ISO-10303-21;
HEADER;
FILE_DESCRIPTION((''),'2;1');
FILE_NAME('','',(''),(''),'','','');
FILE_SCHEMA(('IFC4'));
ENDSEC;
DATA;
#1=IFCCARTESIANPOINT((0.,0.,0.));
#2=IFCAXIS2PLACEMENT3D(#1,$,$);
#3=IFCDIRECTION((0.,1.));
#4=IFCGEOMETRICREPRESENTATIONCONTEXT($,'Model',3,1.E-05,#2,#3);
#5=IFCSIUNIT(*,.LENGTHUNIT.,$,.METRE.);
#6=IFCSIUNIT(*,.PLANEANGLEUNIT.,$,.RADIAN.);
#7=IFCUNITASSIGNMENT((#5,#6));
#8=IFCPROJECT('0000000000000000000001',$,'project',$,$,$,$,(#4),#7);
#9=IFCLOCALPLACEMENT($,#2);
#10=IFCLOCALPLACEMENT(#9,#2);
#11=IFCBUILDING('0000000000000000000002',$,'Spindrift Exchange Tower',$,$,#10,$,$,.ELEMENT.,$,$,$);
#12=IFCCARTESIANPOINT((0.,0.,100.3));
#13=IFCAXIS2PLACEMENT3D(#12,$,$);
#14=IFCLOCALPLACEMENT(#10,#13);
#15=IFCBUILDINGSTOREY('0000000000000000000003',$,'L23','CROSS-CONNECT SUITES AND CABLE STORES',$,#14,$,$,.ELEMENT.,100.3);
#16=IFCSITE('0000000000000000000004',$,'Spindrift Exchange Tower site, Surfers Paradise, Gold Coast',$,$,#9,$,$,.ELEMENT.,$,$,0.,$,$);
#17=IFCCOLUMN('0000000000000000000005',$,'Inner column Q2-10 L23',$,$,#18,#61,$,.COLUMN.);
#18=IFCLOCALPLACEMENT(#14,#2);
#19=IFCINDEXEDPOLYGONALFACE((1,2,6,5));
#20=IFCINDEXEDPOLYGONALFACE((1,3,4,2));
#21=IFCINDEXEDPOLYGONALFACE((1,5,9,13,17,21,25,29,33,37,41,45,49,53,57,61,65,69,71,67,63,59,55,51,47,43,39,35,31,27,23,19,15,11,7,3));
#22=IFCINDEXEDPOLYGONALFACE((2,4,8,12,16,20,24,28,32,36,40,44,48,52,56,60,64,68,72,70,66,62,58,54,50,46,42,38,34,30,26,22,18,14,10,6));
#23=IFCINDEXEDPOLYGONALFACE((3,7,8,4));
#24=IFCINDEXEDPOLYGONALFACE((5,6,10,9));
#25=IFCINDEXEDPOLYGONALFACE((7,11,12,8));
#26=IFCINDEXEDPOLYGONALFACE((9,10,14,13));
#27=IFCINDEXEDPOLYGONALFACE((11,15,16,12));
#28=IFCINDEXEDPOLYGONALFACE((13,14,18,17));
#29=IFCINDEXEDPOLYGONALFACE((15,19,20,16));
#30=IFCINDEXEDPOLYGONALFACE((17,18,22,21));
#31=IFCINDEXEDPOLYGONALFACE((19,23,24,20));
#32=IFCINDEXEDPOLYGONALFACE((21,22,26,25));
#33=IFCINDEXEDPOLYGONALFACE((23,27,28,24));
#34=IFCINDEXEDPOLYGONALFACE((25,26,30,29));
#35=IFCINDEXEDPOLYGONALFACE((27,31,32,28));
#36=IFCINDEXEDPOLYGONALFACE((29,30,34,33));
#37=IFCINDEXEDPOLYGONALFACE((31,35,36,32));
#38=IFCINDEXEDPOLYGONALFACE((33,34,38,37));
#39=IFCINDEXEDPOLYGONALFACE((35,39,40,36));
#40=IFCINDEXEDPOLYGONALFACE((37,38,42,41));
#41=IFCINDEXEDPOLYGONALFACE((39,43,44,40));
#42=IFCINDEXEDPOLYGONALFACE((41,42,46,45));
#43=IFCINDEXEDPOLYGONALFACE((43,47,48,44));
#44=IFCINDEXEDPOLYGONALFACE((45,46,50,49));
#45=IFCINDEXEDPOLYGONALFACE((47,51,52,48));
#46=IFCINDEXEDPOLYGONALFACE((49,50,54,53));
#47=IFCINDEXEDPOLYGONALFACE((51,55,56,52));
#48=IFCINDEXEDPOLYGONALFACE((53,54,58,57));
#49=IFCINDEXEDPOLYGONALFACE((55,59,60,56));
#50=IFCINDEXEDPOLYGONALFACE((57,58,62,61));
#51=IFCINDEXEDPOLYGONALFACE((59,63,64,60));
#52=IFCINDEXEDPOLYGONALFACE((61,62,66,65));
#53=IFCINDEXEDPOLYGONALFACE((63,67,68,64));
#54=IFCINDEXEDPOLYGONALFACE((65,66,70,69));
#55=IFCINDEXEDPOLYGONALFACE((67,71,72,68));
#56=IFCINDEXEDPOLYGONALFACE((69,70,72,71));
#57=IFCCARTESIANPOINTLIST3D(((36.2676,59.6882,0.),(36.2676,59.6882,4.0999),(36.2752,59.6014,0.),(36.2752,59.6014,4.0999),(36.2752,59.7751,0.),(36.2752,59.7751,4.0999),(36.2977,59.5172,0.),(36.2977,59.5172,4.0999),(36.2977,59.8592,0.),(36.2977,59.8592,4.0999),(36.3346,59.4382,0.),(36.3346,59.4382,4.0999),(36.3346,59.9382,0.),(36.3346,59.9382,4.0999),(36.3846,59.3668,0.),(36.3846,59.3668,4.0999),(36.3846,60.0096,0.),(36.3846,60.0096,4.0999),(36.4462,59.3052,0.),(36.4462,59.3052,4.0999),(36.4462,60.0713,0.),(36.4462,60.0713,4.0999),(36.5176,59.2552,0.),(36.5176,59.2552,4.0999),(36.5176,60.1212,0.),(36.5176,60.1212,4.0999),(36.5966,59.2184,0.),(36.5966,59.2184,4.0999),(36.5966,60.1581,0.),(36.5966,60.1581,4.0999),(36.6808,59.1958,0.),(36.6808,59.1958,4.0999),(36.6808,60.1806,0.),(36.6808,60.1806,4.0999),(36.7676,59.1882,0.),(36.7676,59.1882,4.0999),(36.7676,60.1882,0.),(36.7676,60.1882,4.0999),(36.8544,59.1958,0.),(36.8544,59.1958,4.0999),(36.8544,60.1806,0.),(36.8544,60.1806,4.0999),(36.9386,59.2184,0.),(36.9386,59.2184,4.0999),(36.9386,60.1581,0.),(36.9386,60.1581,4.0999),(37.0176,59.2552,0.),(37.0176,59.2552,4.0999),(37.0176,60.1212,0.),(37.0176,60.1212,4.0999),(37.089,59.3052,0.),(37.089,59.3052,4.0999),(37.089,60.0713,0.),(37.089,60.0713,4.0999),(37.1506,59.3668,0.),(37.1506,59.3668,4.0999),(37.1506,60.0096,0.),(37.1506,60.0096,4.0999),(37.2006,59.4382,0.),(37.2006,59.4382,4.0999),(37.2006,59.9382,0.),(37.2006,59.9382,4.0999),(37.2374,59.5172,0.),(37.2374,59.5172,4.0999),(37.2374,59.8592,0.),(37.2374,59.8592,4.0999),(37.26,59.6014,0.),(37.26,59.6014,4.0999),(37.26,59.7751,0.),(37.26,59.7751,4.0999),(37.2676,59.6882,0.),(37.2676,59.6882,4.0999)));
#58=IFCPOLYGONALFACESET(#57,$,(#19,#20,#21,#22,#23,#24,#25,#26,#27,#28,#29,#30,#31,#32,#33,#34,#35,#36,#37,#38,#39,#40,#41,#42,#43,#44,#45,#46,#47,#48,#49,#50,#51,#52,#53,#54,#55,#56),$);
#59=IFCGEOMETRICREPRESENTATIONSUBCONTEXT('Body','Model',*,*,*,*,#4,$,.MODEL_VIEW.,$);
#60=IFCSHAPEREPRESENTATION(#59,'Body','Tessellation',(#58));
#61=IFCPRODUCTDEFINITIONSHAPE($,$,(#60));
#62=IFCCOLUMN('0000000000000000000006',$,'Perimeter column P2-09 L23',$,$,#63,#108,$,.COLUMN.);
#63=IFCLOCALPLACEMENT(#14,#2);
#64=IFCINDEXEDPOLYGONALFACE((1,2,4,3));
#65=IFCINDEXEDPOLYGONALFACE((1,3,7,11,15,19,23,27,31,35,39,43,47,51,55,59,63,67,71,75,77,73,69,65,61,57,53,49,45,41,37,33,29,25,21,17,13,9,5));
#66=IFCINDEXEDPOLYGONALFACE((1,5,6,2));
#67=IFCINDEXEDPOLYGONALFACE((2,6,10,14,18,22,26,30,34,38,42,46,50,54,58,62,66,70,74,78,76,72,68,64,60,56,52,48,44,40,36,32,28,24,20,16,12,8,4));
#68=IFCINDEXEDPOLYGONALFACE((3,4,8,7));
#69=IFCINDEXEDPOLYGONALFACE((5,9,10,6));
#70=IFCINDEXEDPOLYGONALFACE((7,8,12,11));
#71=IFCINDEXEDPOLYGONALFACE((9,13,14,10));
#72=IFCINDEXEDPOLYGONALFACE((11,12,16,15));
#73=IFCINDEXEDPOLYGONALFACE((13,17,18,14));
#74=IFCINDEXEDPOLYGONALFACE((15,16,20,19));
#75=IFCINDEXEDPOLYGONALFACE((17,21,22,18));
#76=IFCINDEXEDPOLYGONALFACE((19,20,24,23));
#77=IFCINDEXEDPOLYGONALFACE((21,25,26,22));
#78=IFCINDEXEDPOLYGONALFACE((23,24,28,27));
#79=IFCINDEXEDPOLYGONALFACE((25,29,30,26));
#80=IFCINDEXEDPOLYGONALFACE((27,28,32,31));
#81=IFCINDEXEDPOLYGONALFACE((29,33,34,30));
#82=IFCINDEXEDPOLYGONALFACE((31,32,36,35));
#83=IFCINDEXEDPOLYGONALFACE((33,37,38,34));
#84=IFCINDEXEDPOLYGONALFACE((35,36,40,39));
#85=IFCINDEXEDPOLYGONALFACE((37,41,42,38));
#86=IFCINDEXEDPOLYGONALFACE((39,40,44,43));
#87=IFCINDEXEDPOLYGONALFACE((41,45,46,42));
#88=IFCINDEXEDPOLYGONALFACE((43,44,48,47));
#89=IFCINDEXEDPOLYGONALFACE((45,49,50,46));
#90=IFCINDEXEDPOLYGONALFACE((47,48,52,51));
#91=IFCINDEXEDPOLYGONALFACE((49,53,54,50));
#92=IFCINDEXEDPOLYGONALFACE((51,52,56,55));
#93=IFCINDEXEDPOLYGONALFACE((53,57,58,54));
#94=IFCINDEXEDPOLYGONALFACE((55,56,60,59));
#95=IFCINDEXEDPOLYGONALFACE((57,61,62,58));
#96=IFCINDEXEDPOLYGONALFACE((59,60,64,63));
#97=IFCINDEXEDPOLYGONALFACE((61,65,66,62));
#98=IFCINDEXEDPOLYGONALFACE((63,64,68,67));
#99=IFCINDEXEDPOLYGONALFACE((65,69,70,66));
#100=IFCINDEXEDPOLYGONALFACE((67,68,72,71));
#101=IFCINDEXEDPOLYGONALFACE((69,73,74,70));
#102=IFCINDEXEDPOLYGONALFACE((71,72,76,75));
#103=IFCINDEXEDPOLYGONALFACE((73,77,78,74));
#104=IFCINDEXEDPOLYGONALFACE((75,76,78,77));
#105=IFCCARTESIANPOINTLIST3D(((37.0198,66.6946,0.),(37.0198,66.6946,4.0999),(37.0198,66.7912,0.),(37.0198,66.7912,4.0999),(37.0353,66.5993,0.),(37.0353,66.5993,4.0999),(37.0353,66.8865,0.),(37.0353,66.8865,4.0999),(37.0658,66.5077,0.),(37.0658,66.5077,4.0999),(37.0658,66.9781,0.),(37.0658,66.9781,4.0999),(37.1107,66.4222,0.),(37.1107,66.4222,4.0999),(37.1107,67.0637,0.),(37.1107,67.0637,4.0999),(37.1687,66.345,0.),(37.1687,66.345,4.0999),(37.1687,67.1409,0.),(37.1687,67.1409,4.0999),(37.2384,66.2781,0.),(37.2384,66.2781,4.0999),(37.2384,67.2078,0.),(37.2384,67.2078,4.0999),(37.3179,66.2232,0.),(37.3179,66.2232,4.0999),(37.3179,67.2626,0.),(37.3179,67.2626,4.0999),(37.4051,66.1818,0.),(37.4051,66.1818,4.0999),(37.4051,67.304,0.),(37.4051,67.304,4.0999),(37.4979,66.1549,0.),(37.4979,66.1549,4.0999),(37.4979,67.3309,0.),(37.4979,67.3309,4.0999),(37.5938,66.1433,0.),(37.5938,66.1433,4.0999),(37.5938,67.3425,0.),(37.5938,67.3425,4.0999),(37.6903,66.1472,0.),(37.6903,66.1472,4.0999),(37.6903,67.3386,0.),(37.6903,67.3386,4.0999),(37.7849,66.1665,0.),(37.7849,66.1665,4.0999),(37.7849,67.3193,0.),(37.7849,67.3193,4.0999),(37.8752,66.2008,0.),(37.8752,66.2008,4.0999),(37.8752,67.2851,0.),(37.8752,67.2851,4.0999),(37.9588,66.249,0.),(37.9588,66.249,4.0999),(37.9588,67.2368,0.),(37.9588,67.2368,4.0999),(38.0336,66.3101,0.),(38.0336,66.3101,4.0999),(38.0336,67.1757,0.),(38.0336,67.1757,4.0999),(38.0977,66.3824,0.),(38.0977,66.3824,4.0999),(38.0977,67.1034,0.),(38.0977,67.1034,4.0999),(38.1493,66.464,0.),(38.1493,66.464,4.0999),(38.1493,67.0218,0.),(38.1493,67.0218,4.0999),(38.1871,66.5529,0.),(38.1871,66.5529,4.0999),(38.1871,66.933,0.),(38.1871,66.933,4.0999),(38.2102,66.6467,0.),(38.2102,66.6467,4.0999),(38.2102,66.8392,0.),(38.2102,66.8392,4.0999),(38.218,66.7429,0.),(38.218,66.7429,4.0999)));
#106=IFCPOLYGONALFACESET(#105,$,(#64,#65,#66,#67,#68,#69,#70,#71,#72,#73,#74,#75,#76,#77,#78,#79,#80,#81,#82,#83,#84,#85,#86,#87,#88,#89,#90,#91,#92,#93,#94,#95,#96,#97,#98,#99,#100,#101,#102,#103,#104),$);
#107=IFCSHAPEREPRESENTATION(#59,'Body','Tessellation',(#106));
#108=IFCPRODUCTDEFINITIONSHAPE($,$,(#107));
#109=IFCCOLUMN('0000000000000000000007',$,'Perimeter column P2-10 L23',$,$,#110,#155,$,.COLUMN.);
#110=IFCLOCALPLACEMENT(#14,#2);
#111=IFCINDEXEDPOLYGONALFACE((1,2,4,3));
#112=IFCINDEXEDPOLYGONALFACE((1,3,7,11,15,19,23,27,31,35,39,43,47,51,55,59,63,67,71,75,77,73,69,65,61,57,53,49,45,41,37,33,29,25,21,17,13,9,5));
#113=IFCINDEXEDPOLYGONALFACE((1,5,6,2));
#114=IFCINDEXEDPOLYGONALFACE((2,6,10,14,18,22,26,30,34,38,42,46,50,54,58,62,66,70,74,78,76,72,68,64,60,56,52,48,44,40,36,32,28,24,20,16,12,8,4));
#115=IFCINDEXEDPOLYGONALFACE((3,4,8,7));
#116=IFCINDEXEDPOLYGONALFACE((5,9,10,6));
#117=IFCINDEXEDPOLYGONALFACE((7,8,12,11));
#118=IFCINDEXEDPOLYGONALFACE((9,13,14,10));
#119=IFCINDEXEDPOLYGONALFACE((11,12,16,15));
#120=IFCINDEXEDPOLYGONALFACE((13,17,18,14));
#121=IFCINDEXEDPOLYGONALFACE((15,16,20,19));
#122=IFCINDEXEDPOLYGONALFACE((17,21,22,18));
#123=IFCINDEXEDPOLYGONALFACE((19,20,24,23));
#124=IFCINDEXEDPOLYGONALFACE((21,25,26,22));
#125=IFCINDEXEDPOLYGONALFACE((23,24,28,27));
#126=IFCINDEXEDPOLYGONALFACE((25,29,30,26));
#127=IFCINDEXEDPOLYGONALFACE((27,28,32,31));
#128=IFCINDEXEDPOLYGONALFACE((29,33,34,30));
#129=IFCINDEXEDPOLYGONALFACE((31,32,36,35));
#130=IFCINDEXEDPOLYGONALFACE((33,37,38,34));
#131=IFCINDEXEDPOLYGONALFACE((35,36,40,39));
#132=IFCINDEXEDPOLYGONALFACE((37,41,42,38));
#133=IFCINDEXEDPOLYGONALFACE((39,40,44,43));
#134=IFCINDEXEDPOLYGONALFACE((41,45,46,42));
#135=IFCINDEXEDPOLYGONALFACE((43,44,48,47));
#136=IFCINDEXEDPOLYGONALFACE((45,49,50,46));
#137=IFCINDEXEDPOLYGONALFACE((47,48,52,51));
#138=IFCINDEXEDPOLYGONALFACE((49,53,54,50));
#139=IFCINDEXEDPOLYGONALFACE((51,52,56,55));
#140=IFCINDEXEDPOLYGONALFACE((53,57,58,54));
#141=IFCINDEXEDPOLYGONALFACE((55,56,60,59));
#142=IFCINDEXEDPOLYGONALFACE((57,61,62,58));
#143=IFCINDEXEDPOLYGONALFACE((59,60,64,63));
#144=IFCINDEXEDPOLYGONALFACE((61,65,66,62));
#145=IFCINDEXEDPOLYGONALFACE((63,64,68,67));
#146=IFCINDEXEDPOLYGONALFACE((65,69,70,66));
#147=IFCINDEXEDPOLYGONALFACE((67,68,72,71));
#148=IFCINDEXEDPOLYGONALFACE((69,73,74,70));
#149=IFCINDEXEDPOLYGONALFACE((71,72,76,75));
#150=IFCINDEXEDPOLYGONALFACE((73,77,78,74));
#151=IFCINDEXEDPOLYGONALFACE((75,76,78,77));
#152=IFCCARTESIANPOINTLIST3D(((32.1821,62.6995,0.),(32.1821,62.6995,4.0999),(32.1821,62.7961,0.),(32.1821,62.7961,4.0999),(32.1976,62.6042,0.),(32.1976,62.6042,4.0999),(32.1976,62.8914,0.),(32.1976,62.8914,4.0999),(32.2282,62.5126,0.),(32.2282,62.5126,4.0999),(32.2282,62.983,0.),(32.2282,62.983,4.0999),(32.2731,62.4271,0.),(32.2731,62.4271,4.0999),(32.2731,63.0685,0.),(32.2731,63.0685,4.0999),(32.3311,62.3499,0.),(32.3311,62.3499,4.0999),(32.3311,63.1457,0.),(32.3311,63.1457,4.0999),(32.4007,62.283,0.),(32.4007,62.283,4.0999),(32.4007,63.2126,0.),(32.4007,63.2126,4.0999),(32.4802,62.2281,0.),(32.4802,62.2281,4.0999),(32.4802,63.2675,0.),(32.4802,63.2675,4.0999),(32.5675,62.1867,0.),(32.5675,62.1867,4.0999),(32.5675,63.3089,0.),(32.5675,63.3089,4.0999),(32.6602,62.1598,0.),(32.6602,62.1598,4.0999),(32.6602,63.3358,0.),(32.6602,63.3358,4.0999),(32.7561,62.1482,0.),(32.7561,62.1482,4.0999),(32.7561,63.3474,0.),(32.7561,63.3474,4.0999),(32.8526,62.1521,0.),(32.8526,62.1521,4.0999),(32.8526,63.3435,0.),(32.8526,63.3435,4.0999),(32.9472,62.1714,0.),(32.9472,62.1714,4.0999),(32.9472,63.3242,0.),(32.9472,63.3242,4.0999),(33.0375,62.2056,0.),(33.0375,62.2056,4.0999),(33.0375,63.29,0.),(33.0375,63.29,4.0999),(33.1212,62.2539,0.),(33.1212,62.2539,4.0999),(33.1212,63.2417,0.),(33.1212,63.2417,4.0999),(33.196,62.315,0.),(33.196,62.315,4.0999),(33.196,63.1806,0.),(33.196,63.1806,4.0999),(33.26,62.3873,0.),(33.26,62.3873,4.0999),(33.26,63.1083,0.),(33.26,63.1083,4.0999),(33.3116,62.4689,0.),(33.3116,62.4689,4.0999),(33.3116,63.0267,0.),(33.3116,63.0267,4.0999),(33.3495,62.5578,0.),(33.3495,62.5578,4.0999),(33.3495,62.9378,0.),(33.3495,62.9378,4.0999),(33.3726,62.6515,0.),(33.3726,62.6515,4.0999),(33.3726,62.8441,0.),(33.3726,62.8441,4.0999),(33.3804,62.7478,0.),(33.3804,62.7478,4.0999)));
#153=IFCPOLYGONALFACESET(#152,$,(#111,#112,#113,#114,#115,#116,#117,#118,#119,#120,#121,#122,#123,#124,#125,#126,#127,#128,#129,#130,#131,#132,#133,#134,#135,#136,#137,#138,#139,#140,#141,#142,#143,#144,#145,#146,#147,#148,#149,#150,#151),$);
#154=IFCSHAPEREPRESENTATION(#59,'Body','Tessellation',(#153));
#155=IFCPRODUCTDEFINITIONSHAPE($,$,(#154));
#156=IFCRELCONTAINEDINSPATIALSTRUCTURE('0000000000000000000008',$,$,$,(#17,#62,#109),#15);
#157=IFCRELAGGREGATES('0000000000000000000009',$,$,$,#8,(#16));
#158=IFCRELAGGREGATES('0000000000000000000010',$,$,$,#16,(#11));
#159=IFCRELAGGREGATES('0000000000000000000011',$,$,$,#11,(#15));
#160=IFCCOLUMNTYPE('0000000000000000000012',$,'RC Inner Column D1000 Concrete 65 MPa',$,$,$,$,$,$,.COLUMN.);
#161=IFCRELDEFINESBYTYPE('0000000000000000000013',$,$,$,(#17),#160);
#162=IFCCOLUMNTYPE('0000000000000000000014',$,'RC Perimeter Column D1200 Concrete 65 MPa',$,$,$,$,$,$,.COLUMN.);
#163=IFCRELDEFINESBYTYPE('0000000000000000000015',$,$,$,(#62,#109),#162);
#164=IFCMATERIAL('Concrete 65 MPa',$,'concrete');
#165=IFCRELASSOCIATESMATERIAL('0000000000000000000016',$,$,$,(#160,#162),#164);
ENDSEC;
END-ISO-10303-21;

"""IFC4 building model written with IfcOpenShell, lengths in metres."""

from ifc_helpers import new_model, si_unit, direction, frame, origin, origin_2d, place, context, subcontext, project, spatial, circle, extrude, source, transform, mapped, material, material_profile, profile_set, type_object, element, save


model = new_model("IFC4")

# Units and contexts
model_context = context("Model", 3, precision=1e-05, world=origin(), true_north=direction((0.0, 1.0)))
body_context = subcontext(model_context, "Body", "Model", "MODEL_VIEW")
ifc_project = project(units=[si_unit("LENGTHUNIT", "METRE"), si_unit("PLANEANGLEUNIT", "RADIAN")], contexts=[model_context])

# Site, building, storey
site_placement = place(None, origin())
site = spatial("IfcSite", under=ifc_project, at=site_placement, Name="Spindrift Exchange Tower site, Surfers Paradise, Gold Coast", CompositionType="ELEMENT", RefElevation=0.0)
building_placement = place(site_placement, origin())
building = spatial("IfcBuilding", under=site, at=building_placement, Name="Spindrift Exchange Tower", CompositionType="ELEMENT")
storey_placement = place(building_placement, frame((0.0, 0.0, 100.3)))
storey = spatial("IfcBuildingStorey", under=building, at=storey_placement, Name="L23", Description="CROSS-CONNECT SUITES AND CABLE STORES", CompositionType="ELEMENT", Elevation=100.3)

# Columns
ifc_material_1 = material(Name="Concrete 65 MPa", Category="concrete")
ifc_material_profile_1 = material_profile(ifc_material_1, circle(Radius=0.5, at=origin_2d()), Name="RC D1000")
ifc_profile_set_1 = profile_set([ifc_material_profile_1], Name="Concrete 65 MPa")
column_type_1 = type_object("IfcColumnType", Name="RC Inner Column D1000 Concrete 65 MPa", PredefinedType="COLUMN", material=ifc_profile_set_1)
shared_shape_1 = source(origin(), body_context, "Body", "SweptSolid", [
    extrude(circle(Radius=0.5, at=origin_2d()), origin(), (0.0, 0.0, 1.0), 4.0999),
])
column_placement = place(storey_placement, frame((36.7676, 59.6882, 0.0), z_axis=(0.0, 0.0, 1.0), x_axis=(1.0, 0.0, 0.0)))
element("IfcColumn", 1, at=column_placement, inside=storey, type_object=column_type_1, Name="Inner column Q2-10 L23", PredefinedType="COLUMN", context=body_context, shape_type="MappedRepresentation", body=[
    mapped(shared_shape_1, transform((0.0, 0.0, 0.0), scale=1.0)),
])
ifc_material_profile_2 = material_profile(ifc_material_1, circle(Radius=0.6001, at=origin_2d()), Name="RC D1200")
ifc_profile_set_2 = profile_set([ifc_material_profile_2], Name="Concrete 65 MPa")
column_type_2 = type_object("IfcColumnType", Name="RC Perimeter Column D1200 Concrete 65 MPa", PredefinedType="COLUMN", material=ifc_profile_set_2)
shared_shape_2 = source(origin(), body_context, "Body", "SweptSolid", [
    extrude(circle(Radius=0.6001, at=origin_2d()), origin(), (0.0, 0.0, 1.0), 4.0999),
])
for number, where, z_axis, x_axis, name in (
    (2, (37.6179, 66.7429, 0.0), (0.0, 0.0, 1.0), (1.0, 0.0, 0.0), "Perimeter column P2-09 L23"),
    (3, (32.7803, 62.7478, 0.0), (0.0, 0.0, 1.0), (1.0, 0.0, 0.0), "Perimeter column P2-10 L23"),
):
    element("IfcColumn", number, at=place(storey_placement, frame(where, z_axis=z_axis, x_axis=x_axis)), inside=storey, type_object=column_type_2, Name=name, PredefinedType="COLUMN", context=body_context, shape_type="MappedRepresentation", body=[
        mapped(shared_shape_2, transform((0.0, 0.0, 0.0), scale=1.0)),
    ])

save(model, "model.ifc")
